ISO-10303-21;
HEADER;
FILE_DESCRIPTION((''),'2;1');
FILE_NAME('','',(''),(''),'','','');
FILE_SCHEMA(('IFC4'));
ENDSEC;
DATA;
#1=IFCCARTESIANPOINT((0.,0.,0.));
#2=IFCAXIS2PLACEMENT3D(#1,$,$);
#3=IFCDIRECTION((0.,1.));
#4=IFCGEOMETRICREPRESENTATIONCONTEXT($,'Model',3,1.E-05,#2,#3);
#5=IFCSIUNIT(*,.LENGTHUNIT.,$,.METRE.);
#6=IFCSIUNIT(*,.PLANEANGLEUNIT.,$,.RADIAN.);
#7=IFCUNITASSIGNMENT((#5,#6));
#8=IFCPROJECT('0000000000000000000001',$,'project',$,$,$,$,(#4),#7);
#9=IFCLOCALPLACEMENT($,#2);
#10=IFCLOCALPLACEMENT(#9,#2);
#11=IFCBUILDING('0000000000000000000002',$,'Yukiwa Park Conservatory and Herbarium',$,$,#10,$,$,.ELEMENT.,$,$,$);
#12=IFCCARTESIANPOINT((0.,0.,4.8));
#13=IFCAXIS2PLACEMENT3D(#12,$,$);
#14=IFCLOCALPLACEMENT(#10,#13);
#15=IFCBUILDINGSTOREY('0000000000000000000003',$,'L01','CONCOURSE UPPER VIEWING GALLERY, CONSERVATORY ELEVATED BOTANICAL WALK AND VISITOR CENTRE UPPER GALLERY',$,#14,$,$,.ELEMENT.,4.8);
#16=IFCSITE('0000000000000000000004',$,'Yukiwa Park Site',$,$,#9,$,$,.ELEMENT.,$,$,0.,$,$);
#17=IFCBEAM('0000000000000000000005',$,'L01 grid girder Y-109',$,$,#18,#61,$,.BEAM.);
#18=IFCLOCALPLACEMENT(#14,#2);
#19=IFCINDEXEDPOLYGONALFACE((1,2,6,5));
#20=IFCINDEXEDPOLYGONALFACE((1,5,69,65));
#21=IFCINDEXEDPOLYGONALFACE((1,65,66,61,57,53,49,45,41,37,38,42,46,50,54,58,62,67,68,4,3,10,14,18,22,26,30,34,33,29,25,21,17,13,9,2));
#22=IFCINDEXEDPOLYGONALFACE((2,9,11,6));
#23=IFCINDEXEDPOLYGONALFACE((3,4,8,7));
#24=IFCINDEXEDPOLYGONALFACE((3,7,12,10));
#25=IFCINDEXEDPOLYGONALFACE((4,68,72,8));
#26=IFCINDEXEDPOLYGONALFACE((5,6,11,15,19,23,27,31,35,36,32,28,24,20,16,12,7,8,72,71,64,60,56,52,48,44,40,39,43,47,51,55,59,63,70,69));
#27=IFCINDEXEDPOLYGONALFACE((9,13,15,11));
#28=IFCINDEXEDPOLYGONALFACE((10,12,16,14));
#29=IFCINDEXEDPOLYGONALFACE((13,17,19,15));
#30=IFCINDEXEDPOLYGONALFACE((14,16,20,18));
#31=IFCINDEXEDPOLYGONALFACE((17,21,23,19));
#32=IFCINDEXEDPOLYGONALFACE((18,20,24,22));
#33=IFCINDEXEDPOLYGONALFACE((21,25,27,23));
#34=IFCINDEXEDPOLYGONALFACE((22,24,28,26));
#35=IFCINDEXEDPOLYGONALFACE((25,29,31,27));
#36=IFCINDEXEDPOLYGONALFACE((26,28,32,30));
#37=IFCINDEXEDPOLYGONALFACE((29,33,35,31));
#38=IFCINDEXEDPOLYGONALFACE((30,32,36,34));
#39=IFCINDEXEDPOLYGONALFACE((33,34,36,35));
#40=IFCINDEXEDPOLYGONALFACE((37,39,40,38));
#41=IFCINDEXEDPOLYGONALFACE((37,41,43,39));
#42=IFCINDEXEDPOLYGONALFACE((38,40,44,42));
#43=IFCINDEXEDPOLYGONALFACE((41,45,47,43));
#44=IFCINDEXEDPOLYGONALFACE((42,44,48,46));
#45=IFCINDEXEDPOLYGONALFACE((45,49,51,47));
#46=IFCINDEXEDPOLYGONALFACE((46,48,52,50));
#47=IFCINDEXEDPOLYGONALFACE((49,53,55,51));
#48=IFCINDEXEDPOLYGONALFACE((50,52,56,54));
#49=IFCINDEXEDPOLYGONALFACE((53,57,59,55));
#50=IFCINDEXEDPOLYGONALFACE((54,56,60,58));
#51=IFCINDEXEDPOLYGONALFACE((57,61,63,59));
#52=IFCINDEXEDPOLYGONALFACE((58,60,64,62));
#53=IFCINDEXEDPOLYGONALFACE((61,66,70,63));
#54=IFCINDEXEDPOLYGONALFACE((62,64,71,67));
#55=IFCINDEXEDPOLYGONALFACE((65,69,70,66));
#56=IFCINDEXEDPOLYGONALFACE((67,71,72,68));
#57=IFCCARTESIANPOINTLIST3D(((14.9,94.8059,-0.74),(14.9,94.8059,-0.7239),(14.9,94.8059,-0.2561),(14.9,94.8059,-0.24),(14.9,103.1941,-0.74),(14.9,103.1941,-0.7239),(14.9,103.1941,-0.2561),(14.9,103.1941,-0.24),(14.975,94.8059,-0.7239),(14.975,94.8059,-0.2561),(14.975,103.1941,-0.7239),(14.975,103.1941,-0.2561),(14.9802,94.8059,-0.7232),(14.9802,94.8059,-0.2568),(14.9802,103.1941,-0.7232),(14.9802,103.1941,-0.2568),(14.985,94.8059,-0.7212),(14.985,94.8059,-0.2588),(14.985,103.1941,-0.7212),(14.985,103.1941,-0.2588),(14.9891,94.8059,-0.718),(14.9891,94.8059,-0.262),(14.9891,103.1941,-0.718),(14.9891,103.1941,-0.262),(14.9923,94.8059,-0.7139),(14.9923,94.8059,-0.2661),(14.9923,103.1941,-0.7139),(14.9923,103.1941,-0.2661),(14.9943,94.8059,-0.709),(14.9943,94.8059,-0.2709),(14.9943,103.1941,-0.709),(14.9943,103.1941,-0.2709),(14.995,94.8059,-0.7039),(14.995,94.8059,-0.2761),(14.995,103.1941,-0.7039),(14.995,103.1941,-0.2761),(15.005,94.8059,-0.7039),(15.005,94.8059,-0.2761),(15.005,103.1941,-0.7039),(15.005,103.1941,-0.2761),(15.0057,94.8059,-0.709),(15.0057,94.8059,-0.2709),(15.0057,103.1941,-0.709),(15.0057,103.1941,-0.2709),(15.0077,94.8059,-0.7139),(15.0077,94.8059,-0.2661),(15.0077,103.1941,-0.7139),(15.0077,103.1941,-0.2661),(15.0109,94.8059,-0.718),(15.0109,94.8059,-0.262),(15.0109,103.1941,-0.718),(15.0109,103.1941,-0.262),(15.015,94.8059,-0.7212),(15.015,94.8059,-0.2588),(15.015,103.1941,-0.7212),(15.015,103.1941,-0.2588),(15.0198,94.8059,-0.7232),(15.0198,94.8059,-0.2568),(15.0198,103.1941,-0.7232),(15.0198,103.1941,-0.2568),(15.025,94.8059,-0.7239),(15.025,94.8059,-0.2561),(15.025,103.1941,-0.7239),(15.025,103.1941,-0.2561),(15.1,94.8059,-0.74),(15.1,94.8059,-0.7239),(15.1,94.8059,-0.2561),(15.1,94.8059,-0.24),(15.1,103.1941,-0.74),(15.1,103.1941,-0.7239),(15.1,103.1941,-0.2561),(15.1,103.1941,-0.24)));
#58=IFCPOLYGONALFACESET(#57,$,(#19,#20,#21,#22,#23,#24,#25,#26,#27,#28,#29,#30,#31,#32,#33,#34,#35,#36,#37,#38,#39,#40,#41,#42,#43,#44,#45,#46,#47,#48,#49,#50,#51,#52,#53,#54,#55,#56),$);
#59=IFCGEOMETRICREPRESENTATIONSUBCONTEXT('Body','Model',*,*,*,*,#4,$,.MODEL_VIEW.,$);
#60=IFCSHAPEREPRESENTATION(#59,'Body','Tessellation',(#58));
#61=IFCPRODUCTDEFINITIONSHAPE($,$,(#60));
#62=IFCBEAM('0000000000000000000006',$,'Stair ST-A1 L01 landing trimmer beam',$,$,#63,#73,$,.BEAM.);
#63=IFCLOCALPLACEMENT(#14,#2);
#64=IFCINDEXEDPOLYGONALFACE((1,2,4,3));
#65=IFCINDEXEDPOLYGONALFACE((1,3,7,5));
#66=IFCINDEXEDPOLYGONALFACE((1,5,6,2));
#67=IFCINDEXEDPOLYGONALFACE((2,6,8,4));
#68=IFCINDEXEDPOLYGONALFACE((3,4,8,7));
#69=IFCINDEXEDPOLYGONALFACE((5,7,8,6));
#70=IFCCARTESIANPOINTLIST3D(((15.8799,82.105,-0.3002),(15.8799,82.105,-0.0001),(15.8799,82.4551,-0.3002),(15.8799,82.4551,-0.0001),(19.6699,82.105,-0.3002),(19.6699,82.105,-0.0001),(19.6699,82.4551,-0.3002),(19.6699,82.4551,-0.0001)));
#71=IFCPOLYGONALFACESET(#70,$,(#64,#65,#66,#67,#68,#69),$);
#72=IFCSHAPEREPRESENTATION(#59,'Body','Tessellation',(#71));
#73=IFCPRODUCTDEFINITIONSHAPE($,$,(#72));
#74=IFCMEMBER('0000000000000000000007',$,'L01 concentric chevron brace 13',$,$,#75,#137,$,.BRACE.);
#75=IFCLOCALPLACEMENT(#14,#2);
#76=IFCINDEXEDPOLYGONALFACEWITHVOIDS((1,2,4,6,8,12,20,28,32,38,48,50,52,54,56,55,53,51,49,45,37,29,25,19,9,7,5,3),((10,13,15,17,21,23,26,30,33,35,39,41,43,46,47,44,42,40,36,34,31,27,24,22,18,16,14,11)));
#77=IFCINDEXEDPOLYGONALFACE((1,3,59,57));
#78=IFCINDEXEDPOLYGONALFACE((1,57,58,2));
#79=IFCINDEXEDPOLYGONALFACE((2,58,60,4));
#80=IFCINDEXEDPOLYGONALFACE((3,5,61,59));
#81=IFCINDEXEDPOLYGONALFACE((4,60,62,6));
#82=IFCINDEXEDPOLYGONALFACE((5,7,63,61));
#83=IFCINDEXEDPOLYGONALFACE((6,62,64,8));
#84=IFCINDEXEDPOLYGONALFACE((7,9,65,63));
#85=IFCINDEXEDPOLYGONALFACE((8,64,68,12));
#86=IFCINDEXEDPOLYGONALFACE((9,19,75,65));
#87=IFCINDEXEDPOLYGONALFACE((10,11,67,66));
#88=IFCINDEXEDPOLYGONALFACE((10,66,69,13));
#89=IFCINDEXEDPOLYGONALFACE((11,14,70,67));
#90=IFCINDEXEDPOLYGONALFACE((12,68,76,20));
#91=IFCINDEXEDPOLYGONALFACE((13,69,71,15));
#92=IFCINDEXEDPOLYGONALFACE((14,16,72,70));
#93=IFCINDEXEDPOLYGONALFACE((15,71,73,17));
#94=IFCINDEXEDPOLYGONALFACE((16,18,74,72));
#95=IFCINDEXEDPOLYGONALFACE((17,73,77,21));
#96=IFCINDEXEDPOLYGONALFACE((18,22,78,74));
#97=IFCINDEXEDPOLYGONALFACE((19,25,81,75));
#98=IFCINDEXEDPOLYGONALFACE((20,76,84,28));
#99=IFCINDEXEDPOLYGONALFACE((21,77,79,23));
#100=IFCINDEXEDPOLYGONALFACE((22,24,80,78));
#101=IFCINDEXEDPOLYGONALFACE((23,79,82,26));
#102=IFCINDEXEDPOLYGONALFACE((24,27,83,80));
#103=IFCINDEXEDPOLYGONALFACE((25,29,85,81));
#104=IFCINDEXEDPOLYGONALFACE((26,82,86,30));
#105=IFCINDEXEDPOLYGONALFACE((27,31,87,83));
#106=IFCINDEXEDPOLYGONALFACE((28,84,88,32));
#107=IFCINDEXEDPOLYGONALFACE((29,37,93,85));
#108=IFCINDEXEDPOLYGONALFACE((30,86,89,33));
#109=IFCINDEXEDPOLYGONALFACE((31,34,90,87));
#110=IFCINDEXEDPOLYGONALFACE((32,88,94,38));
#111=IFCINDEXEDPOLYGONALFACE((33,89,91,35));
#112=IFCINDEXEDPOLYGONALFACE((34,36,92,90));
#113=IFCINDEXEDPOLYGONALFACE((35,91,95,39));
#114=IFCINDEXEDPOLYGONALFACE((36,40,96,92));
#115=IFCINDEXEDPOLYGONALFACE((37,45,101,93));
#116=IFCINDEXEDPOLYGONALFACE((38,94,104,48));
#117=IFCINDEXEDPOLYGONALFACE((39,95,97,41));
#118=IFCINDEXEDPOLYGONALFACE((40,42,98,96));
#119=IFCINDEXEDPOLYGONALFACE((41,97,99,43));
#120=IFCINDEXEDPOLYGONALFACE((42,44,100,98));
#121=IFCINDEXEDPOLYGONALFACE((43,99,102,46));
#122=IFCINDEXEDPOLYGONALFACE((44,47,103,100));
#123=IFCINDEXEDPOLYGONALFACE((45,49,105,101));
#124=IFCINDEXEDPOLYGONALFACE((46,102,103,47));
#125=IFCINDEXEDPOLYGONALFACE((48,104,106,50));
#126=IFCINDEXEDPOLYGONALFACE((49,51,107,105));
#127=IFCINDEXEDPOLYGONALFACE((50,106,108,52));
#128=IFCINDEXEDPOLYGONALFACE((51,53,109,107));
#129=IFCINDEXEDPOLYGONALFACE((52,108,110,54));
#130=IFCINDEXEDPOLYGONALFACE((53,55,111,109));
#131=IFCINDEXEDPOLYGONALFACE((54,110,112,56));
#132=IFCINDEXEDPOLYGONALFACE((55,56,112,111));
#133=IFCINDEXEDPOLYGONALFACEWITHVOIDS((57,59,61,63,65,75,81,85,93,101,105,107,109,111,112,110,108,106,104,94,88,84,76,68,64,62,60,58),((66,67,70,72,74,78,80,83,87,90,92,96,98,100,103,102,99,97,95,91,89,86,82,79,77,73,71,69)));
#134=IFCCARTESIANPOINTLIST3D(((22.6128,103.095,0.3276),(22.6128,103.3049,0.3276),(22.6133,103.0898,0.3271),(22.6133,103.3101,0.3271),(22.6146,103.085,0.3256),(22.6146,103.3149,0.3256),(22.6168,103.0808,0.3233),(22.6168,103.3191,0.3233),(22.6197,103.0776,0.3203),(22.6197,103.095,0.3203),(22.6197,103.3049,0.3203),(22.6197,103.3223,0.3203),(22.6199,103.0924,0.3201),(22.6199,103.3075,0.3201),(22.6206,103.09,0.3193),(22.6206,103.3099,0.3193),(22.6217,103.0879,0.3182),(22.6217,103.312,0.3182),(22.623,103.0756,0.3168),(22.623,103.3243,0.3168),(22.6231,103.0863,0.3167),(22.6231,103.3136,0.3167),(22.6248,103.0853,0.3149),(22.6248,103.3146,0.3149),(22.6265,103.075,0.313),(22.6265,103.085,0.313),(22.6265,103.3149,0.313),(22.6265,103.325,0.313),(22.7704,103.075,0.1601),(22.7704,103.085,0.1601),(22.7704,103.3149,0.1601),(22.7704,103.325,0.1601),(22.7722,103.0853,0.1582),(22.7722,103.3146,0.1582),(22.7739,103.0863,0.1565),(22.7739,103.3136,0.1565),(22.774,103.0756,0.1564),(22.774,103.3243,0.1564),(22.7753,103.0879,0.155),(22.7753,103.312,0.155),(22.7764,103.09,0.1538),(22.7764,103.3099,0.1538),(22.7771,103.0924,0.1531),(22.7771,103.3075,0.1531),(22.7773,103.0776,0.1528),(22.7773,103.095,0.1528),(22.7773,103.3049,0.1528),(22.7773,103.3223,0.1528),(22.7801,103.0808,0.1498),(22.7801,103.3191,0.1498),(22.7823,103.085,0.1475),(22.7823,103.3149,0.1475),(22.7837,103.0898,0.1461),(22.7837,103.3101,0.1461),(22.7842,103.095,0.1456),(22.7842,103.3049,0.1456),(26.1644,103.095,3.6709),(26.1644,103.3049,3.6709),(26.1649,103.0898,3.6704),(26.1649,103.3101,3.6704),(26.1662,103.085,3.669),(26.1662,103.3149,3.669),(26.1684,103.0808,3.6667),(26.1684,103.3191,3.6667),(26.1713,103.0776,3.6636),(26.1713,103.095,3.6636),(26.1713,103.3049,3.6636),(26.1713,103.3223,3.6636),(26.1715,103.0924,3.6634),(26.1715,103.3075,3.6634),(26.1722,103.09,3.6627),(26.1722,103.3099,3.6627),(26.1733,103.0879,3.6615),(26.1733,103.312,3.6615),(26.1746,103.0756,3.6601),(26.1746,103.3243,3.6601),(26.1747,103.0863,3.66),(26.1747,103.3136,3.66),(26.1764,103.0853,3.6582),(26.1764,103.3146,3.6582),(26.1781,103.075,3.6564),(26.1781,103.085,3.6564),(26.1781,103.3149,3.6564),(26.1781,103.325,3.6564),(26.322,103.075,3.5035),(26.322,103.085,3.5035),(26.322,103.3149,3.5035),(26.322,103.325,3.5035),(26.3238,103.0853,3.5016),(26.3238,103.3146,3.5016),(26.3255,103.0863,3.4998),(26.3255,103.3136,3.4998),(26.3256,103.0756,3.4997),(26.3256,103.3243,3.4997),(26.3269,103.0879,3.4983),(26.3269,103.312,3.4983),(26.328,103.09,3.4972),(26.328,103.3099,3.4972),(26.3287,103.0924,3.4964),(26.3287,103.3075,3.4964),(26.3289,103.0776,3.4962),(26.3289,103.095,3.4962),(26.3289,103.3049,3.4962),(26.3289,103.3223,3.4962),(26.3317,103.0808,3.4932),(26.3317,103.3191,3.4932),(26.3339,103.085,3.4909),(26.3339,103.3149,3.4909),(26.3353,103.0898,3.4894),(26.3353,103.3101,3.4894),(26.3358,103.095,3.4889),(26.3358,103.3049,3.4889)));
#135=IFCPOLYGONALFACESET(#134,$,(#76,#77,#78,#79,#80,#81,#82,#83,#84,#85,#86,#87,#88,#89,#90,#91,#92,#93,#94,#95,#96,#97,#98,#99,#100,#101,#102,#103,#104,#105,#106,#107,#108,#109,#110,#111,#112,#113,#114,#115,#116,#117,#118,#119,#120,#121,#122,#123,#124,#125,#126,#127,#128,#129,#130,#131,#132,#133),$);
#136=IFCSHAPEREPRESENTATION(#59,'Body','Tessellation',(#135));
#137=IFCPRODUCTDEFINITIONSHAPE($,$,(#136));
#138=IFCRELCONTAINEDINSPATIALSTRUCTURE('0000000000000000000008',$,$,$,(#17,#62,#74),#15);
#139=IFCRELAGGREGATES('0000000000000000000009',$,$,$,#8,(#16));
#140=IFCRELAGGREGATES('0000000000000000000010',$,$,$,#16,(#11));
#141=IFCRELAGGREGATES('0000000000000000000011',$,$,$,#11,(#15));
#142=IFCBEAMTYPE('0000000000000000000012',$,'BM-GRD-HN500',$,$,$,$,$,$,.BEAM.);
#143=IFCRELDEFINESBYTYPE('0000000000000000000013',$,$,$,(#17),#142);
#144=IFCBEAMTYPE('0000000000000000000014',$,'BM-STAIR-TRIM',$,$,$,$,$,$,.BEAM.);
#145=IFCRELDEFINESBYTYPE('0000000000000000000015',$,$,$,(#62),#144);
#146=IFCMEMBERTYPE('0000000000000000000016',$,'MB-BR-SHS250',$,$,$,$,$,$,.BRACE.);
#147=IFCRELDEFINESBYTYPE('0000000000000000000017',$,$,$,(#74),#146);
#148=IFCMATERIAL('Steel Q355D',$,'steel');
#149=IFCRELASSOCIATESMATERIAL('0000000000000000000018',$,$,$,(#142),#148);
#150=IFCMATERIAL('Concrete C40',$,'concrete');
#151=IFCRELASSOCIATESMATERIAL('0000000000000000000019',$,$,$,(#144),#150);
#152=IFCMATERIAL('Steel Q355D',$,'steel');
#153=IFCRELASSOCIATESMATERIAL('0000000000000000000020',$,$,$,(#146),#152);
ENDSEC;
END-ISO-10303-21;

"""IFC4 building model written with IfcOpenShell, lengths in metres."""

from ifc_helpers import new_model, si_unit, direction, frame, origin, origin_2d, place, context, subcontext, project, spatial, rectangle, hollow_rectangle, i_section, extrude, material, material_profile, profile_set, type_object, element, save


model = new_model("IFC4")

# Units and contexts
model_context = context("Model", 3, precision=1e-05, world=origin(), true_north=direction((0.0, 1.0)))
body_context = subcontext(model_context, "Body", "Model", "MODEL_VIEW")
ifc_project = project(units=[si_unit("LENGTHUNIT", "METRE"), si_unit("PLANEANGLEUNIT", "RADIAN")], contexts=[model_context])

# Site, building, storey
site_placement = place(None, origin())
site = spatial("IfcSite", under=ifc_project, at=site_placement, Name="Yukiwa Park Site", CompositionType="ELEMENT", RefElevation=0.0)
building_placement = place(site_placement, origin())
building = spatial("IfcBuilding", under=site, at=building_placement, Name="Yukiwa Park Conservatory and Herbarium", CompositionType="ELEMENT")
storey_placement = place(building_placement, frame((0.0, 0.0, 4.8)))
storey = spatial("IfcBuildingStorey", under=building, at=storey_placement, Name="L01", Description="CONCOURSE UPPER VIEWING GALLERY, CONSERVATORY ELEVATED BOTANICAL WALK AND VISITOR CENTRE UPPER GALLERY", CompositionType="ELEMENT", Elevation=4.8)

# Beams
ifc_material_1 = material(Name="Steel Q355D", Category="steel")
ifc_material_profile_1 = material_profile(ifc_material_1, i_section(OverallWidth=0.2, OverallDepth=0.5, WebThickness=0.01, FlangeThickness=0.0161, FilletRadius=0.02, at=origin_2d()), Name="HN 500x200x10x16")
ifc_profile_set_1 = profile_set([ifc_material_profile_1], Name="Steel Q355D")
beam_type_1 = type_object("IfcBeamType", Name="BM-GRD-HN500", PredefinedType="BEAM", material=ifc_profile_set_1)
beam_1_placement = place(storey_placement, frame((15.0, 94.8059, -0.49), z_axis=(0.0, 1.0, 0.0), x_axis=(-1.0, 0.0, 0.0)))
element("IfcBeam", 1, at=beam_1_placement, inside=storey, type_object=beam_type_1, Name="L01 grid girder Y-109", PredefinedType="BEAM", context=body_context, shape_type="SweptSolid", body=[
    extrude(i_section(OverallWidth=0.2, OverallDepth=0.5, WebThickness=0.01, FlangeThickness=0.0161, FilletRadius=0.02, at=origin_2d()), origin(), (0.0, 0.0, 1.0), 8.3882),
])
ifc_material_2 = material(Name="Concrete C40", Category="concrete")
ifc_material_profile_2 = material_profile(ifc_material_2, rectangle(XDim=0.3501, YDim=0.3, at=origin_2d()), Name="RC 350x300")
ifc_profile_set_2 = profile_set([ifc_material_profile_2], Name="Concrete C40")
beam_type_2 = type_object("IfcBeamType", Name="BM-STAIR-TRIM", PredefinedType="BEAM", material=ifc_profile_set_2)
beam_2_placement = place(storey_placement, frame((15.8799, 82.28, -0.1501), z_axis=(1.0, 0.0, 0.0), x_axis=(0.0, 1.0, 0.0)))
element("IfcBeam", 2, at=beam_2_placement, inside=storey, type_object=beam_type_2, Name="Stair ST-A1 L01 landing trimmer beam", PredefinedType="BEAM", context=body_context, shape_type="SweptSolid", body=[
    extrude(rectangle(XDim=0.3501, YDim=0.3, at=origin_2d()), origin(), (0.0, 0.0, 1.0), 3.79),
])

# Member
ifc_material_3 = material(Name="Steel Q355D", Category="steel")
ifc_material_profile_3 = material_profile(ifc_material_3, hollow_rectangle(XDim=0.25, YDim=0.25, WallThickness=0.01, InnerFilletRadius=0.01, OuterFilletRadius=0.02, at=origin_2d()), Name="SHS 250x250x10")
ifc_profile_set_3 = profile_set([ifc_material_profile_3], Name="Steel Q355D")
member_type = type_object("IfcMemberType", Name="MB-BR-SHS250", PredefinedType="BRACE", material=ifc_profile_set_3)
for number, where, z_axis, x_axis, name in (
    (3, (22.6985, 103.2, 0.2366), (0.728132, 0.0, 0.685437), (0.0, 1.0, 0.0), "L01 concentric chevron brace 13"),
):
    element("IfcMember", number, at=place(storey_placement, frame(where, z_axis=z_axis, x_axis=x_axis)), inside=storey, type_object=member_type, Name=name, PredefinedType="BRACE", context=body_context, shape_type="SweptSolid", body=[
        extrude(hollow_rectangle(XDim=0.25, YDim=0.25, WallThickness=0.01, InnerFilletRadius=0.01, OuterFilletRadius=0.02, at=origin_2d()), origin(), (0.0, 0.0, 1.0), 4.8777),
    ])

save(model, "model.ifc")
